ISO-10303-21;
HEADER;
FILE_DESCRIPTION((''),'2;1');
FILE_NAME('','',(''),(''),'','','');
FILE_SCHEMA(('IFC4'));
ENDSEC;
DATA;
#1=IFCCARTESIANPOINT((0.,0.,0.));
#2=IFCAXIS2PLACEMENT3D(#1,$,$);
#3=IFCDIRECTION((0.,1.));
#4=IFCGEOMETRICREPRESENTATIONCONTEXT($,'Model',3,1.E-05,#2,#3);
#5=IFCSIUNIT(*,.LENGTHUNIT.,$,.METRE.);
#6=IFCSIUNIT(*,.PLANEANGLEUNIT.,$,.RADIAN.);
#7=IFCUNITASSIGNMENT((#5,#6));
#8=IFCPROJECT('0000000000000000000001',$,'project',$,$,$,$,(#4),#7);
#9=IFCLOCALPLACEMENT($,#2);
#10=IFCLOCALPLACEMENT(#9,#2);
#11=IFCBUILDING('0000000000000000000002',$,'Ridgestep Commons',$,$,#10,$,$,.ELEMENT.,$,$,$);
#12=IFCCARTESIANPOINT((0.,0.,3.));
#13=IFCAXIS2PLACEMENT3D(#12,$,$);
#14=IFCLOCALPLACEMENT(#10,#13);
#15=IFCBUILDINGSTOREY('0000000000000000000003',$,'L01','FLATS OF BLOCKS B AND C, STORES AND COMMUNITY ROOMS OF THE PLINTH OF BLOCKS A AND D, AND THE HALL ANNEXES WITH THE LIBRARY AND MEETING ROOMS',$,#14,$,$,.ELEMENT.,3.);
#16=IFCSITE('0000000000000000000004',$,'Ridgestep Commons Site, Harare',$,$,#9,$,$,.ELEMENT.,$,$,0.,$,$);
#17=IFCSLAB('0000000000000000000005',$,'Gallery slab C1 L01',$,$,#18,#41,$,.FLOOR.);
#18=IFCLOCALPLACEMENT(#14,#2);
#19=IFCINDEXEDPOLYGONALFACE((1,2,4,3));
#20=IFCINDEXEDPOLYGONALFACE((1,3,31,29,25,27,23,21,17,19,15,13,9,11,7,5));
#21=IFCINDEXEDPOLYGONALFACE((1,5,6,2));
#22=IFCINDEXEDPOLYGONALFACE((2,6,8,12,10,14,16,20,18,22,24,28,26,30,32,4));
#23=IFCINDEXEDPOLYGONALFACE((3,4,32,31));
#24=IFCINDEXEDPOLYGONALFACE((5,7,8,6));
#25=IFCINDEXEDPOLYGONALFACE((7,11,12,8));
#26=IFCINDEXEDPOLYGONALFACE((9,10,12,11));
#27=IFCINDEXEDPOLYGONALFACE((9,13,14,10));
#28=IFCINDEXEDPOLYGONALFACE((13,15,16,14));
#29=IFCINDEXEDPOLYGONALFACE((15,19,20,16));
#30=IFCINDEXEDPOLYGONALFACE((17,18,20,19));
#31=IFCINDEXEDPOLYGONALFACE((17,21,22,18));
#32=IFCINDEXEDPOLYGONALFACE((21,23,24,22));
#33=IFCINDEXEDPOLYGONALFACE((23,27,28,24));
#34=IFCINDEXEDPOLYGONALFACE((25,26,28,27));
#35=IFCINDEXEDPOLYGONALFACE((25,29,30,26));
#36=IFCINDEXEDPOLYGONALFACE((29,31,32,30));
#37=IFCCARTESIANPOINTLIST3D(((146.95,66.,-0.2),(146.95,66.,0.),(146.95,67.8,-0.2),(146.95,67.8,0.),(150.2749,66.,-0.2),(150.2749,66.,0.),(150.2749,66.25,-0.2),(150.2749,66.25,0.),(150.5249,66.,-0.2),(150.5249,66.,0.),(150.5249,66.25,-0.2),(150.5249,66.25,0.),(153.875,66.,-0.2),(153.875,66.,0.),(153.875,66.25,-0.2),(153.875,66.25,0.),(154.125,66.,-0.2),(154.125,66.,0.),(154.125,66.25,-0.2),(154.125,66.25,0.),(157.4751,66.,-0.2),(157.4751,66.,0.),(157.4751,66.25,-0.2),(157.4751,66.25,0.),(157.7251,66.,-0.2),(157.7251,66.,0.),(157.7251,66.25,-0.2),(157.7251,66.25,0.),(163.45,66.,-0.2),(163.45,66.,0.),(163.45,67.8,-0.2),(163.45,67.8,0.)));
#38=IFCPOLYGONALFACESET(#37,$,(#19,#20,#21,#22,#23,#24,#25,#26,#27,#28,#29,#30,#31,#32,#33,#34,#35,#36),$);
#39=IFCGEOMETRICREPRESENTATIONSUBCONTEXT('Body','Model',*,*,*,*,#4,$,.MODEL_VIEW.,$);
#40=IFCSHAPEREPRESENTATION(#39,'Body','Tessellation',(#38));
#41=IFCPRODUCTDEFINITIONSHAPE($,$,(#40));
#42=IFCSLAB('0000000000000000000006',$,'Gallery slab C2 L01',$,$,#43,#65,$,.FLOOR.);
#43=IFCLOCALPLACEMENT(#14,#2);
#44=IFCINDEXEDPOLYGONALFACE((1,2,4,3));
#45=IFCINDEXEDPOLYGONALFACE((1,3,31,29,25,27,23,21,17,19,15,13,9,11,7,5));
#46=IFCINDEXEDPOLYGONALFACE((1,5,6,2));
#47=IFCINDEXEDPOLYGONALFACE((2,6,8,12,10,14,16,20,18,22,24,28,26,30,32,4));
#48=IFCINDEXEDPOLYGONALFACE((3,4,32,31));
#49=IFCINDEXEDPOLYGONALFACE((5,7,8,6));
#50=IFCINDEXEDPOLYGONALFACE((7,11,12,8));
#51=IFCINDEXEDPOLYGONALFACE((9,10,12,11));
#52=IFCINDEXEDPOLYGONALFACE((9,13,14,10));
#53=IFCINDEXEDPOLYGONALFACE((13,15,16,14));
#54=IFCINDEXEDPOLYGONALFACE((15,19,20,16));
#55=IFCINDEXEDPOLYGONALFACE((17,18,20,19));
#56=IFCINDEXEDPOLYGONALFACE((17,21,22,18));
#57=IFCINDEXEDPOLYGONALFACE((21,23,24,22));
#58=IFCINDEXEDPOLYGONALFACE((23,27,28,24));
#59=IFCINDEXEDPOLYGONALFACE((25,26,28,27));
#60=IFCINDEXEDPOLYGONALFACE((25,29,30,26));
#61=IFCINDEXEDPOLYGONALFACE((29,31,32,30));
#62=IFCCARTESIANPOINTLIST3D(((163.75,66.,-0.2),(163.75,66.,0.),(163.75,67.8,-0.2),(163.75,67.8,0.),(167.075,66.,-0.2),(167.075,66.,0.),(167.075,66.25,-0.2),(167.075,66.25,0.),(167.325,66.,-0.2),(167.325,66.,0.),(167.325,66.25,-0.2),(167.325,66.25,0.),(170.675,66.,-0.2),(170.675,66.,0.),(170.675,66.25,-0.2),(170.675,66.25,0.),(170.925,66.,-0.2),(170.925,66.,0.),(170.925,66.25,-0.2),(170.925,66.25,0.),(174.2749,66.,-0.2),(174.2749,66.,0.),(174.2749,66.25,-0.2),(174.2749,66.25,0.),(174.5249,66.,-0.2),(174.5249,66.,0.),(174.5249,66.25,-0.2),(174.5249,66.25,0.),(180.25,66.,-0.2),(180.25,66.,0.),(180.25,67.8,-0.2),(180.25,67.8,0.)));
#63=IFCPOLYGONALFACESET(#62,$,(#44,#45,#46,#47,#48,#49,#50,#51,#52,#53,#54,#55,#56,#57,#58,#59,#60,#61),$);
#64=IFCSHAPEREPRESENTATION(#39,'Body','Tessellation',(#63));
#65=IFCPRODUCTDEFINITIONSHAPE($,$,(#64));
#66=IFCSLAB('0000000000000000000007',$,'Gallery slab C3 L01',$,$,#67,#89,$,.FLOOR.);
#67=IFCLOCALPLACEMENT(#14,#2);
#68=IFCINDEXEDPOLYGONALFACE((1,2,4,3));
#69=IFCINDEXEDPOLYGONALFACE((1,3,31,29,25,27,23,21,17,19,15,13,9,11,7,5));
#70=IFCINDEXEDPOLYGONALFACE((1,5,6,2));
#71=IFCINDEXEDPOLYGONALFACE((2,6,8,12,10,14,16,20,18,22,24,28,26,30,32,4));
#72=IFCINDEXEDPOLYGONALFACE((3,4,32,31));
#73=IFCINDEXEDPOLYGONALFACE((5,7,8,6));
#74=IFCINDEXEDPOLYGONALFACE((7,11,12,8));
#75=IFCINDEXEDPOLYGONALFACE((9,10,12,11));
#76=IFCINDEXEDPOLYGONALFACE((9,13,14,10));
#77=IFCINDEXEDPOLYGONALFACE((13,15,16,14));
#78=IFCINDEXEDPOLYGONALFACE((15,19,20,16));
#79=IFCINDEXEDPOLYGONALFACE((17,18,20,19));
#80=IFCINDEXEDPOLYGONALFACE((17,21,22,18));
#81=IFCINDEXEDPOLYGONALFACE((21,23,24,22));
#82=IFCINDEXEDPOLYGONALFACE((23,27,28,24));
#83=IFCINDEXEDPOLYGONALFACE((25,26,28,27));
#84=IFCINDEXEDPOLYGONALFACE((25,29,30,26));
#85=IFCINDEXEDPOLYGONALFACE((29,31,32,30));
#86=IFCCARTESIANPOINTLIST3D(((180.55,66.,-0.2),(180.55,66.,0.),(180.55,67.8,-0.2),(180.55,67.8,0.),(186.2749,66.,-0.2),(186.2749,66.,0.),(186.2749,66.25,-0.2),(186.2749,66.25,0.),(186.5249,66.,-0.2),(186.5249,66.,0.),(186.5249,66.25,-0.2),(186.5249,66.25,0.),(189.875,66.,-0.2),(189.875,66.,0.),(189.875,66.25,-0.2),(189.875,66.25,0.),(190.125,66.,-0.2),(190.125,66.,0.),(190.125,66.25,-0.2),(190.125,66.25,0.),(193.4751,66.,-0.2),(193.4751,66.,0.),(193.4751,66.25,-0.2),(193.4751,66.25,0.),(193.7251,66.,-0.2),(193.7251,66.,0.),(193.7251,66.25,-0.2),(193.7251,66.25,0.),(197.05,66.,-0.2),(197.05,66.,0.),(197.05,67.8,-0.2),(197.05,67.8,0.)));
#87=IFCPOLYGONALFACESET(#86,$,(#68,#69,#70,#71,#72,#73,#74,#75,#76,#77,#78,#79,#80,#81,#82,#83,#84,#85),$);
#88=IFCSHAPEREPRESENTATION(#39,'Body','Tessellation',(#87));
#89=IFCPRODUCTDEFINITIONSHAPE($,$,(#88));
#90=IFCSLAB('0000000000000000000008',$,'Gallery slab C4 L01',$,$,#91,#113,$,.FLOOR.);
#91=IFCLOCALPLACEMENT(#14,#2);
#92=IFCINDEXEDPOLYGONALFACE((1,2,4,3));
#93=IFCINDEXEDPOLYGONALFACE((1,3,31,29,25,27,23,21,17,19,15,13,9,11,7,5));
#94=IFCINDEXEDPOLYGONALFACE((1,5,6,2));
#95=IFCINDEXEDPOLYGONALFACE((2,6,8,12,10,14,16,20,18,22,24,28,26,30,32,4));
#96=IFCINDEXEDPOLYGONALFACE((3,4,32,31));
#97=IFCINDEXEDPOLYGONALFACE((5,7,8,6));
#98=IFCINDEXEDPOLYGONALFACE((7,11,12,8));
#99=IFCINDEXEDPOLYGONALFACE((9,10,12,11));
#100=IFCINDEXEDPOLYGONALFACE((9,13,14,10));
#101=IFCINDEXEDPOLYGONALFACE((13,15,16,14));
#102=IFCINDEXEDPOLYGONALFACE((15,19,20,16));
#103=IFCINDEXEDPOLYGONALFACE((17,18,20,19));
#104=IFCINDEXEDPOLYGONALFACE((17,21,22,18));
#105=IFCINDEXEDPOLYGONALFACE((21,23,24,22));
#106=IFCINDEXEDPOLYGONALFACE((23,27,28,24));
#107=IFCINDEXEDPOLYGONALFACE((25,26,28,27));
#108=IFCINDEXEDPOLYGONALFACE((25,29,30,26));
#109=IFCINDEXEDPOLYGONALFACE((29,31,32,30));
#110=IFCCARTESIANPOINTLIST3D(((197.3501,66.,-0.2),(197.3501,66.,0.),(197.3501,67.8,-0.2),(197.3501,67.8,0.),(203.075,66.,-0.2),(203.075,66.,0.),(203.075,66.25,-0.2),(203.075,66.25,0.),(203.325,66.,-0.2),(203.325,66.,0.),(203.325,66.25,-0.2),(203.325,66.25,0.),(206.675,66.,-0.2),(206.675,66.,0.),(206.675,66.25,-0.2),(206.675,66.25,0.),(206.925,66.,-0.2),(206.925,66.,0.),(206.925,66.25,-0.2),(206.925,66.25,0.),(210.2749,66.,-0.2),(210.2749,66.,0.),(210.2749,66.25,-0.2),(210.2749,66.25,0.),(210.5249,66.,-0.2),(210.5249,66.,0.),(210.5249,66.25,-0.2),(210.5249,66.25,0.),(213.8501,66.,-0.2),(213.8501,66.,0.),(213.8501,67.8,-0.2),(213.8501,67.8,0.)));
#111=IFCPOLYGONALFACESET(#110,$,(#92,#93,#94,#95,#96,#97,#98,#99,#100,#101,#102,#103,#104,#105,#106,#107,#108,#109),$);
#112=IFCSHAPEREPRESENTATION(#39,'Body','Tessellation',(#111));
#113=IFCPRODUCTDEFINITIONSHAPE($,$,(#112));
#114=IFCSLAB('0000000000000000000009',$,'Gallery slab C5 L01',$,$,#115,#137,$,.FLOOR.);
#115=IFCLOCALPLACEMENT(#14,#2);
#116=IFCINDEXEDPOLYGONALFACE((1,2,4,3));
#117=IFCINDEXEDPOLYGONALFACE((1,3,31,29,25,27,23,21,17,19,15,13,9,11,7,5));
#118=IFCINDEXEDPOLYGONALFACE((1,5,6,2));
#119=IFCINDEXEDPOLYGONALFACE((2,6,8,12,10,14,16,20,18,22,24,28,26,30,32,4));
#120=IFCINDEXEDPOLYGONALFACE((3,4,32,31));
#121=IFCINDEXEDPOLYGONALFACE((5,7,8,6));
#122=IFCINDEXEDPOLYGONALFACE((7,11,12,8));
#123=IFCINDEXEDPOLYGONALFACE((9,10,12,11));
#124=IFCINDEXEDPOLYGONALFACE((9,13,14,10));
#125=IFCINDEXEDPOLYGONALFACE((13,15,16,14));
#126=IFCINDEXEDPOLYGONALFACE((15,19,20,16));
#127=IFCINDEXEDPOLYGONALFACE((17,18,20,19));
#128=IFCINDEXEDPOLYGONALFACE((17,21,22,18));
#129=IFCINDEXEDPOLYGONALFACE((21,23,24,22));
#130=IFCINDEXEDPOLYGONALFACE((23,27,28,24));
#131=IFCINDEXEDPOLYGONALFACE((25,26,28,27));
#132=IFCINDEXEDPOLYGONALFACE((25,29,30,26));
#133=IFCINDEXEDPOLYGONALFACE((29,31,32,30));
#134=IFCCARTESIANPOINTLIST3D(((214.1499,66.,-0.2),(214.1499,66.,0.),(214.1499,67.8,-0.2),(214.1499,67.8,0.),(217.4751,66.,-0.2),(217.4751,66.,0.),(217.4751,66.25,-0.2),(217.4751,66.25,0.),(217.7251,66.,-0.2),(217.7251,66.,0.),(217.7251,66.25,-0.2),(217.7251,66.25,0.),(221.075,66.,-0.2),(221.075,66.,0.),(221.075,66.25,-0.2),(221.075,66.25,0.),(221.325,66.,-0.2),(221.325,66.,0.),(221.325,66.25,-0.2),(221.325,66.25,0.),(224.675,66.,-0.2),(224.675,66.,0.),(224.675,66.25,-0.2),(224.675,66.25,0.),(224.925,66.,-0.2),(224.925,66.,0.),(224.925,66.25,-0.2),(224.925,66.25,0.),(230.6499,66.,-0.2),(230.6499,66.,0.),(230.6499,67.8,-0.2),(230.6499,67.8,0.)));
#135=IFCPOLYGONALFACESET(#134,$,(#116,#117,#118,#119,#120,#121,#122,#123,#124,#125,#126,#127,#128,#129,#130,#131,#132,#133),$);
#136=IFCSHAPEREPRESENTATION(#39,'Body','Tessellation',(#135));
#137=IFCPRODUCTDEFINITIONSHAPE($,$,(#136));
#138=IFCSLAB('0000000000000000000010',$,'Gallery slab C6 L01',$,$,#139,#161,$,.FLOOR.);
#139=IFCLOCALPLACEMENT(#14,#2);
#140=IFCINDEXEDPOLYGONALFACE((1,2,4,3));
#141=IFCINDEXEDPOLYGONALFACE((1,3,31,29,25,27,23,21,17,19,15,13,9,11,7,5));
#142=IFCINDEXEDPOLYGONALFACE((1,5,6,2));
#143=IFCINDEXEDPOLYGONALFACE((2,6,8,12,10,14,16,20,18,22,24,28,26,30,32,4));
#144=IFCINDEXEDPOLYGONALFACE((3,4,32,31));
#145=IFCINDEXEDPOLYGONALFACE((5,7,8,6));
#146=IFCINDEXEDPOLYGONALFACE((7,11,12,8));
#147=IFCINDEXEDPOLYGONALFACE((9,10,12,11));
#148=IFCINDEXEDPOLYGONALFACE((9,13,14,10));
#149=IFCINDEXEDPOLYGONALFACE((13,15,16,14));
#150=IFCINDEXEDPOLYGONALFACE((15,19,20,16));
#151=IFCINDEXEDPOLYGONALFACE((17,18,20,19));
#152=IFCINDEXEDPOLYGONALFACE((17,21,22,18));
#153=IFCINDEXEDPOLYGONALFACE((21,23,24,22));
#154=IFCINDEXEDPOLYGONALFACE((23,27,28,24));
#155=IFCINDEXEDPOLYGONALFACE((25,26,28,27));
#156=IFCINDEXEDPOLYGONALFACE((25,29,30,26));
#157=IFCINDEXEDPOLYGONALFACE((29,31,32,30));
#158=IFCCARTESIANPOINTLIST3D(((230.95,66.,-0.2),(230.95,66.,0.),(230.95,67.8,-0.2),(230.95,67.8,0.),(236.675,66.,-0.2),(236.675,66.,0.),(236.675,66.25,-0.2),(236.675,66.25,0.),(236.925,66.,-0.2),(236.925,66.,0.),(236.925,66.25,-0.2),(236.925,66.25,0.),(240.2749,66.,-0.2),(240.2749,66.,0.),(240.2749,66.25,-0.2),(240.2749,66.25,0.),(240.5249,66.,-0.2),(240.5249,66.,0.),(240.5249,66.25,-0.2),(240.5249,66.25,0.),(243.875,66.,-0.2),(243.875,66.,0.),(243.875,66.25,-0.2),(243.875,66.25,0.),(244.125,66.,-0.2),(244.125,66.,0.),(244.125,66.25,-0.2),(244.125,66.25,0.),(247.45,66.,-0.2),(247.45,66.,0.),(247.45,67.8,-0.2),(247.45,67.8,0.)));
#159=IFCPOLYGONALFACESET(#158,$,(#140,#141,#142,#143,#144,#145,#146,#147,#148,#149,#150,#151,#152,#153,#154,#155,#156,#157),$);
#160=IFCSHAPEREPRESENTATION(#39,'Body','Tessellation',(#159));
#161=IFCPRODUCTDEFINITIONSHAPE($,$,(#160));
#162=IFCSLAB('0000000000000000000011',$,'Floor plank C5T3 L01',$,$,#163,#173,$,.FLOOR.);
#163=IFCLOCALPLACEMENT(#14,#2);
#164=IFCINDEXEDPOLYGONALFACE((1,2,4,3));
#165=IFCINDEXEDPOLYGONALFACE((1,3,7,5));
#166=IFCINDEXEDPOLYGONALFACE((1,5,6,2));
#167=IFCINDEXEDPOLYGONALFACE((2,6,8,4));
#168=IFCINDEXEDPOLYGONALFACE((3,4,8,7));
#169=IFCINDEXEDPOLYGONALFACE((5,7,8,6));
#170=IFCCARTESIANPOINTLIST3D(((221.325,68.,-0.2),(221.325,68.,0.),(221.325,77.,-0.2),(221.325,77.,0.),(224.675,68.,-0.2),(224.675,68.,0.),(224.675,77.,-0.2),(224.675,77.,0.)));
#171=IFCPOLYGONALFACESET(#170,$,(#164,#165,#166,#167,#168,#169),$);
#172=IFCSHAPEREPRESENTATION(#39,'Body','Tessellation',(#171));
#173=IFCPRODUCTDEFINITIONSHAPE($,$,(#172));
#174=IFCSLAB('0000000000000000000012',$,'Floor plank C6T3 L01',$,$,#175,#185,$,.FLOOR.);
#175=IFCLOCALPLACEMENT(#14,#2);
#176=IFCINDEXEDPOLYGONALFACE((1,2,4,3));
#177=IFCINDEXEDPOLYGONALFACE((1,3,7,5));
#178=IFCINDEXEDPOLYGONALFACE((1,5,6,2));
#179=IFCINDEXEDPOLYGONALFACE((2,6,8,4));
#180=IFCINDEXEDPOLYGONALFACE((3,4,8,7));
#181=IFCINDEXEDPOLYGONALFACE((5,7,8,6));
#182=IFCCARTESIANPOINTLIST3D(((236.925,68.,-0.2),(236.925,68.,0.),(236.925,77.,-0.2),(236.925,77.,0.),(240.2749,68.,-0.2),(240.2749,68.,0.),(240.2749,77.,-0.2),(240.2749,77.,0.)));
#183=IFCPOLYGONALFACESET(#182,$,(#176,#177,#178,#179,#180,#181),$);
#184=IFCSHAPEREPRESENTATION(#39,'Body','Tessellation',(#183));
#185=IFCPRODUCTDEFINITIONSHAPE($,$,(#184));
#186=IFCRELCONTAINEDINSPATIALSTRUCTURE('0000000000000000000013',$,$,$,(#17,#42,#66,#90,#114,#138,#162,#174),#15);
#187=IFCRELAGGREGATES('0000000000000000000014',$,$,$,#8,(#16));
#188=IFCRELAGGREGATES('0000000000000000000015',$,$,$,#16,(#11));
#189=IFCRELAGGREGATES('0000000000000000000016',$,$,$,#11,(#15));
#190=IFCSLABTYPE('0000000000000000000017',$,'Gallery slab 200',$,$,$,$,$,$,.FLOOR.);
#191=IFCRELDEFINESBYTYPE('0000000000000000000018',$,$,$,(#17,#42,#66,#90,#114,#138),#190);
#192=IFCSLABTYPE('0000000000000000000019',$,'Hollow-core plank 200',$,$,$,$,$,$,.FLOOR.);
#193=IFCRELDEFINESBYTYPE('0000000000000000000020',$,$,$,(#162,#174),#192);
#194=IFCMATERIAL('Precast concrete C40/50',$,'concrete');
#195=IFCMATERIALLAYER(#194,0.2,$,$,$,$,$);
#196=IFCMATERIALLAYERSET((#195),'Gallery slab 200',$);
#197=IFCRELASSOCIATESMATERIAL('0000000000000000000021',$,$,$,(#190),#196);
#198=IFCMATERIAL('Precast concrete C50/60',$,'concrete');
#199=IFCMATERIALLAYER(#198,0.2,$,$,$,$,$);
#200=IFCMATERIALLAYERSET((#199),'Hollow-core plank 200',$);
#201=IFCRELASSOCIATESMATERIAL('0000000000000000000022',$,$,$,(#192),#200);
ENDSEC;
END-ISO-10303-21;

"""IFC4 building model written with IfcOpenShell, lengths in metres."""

from ifc_helpers import new_model, si_unit, direction, frame, origin, place, context, subcontext, project, spatial, polyline, outline, extrude, material, layer, layer_set, type_object, element, save


model = new_model("IFC4")

# Units and contexts
model_context = context("Model", 3, precision=1e-05, world=origin(), true_north=direction((0.0, 1.0)))
body_context = subcontext(model_context, "Body", "Model", "MODEL_VIEW")
ifc_project = project(units=[si_unit("LENGTHUNIT", "METRE"), si_unit("PLANEANGLEUNIT", "RADIAN")], contexts=[model_context])

# Site, building, storey
site_placement = place(None, origin())
site = spatial("IfcSite", under=ifc_project, at=site_placement, Name="Ridgestep Commons Site, Harare", CompositionType="ELEMENT", RefElevation=0.0)
building_placement = place(site_placement, origin())
building = spatial("IfcBuilding", under=site, at=building_placement, Name="Ridgestep Commons", CompositionType="ELEMENT")
storey_placement = place(building_placement, frame((0.0, 0.0, 3.0)))
storey = spatial("IfcBuildingStorey", under=building, at=storey_placement, Name="L01", Description="FLATS OF BLOCKS B AND C, STORES AND COMMUNITY ROOMS OF THE PLINTH OF BLOCKS A AND D, AND THE HALL ANNEXES WITH THE LIBRARY AND MEETING ROOMS", CompositionType="ELEMENT", Elevation=3.0)

# Slabs
ifc_material_1 = material(Name="Precast concrete C40/50", Category="concrete")
ifc_layer_1 = layer(ifc_material_1, 0.2)
ifc_layer_set_1 = layer_set([ifc_layer_1], Name="Gallery slab 200")
slab_type_1 = type_object("IfcSlabType", Name="Gallery slab 200", PredefinedType="FLOOR", material=ifc_layer_set_1)
slab_1_placement = place(storey_placement, frame((0.0, 0.0, -0.2)))
element("IfcSlab", 1, at=slab_1_placement, inside=storey, type_object=slab_type_1, Name="Gallery slab C1 L01", PredefinedType="FLOOR", context=body_context, shape_type="SweptSolid", body=[
    extrude(outline(polyline([(163.45, 67.8), (146.95, 67.8), (146.95, 66.0), (150.2749, 66.0), (150.2749, 66.25), (150.5249, 66.25), (150.5249, 66.0), (153.875, 66.0), (153.875, 66.25), (154.125, 66.25), (154.125, 66.0), (157.4751, 66.0), (157.4751, 66.25), (157.7251, 66.25), (157.7251, 66.0), (163.45, 66.0), (163.45, 67.8)])), origin(), (0.0, 0.0, 1.0), 0.2),
])
slab_2_placement = place(storey_placement, frame((0.0, 0.0, -0.2)))
element("IfcSlab", 2, at=slab_2_placement, inside=storey, type_object=slab_type_1, Name="Gallery slab C2 L01", PredefinedType="FLOOR", context=body_context, shape_type="SweptSolid", body=[
    extrude(outline(polyline([(180.25, 67.8), (163.75, 67.8), (163.75, 66.0), (167.075, 66.0), (167.075, 66.25), (167.325, 66.25), (167.325, 66.0), (170.675, 66.0), (170.675, 66.25), (170.925, 66.25), (170.925, 66.0), (174.2749, 66.0), (174.2749, 66.25), (174.5249, 66.25), (174.5249, 66.0), (180.25, 66.0), (180.25, 67.8)])), origin(), (0.0, 0.0, 1.0), 0.2),
])
slab_3_placement = place(storey_placement, frame((0.0, 0.0, -0.2)))
element("IfcSlab", 3, at=slab_3_placement, inside=storey, type_object=slab_type_1, Name="Gallery slab C3 L01", PredefinedType="FLOOR", context=body_context, shape_type="SweptSolid", body=[
    extrude(outline(polyline([(197.05, 67.8), (180.55, 67.8), (180.55, 66.0), (186.2749, 66.0), (186.2749, 66.25), (186.5249, 66.25), (186.5249, 66.0), (189.875, 66.0), (189.875, 66.25), (190.125, 66.25), (190.125, 66.0), (193.4751, 66.0), (193.4751, 66.25), (193.7251, 66.25), (193.7251, 66.0), (197.05, 66.0), (197.05, 67.8)])), origin(), (0.0, 0.0, 1.0), 0.2),
])
slab_4_placement = place(storey_placement, frame((0.0, 0.0, -0.2)))
element("IfcSlab", 4, at=slab_4_placement, inside=storey, type_object=slab_type_1, Name="Gallery slab C4 L01", PredefinedType="FLOOR", context=body_context, shape_type="SweptSolid", body=[
    extrude(outline(polyline([(213.8501, 67.8), (197.3501, 67.8), (197.3501, 66.0), (203.075, 66.0), (203.075, 66.25), (203.325, 66.25), (203.325, 66.0), (206.675, 66.0), (206.675, 66.25), (206.925, 66.25), (206.925, 66.0), (210.2749, 66.0), (210.2749, 66.25), (210.5249, 66.25), (210.5249, 66.0), (213.8501, 66.0), (213.8501, 67.8)])), origin(), (0.0, 0.0, 1.0), 0.2),
])
slab_5_placement = place(storey_placement, frame((0.0, 0.0, -0.2)))
element("IfcSlab", 5, at=slab_5_placement, inside=storey, type_object=slab_type_1, Name="Gallery slab C5 L01", PredefinedType="FLOOR", context=body_context, shape_type="SweptSolid", body=[
    extrude(outline(polyline([(230.6499, 67.8), (214.1499, 67.8), (214.1499, 66.0), (217.4751, 66.0), (217.4751, 66.25), (217.7251, 66.25), (217.7251, 66.0), (221.075, 66.0), (221.075, 66.25), (221.325, 66.25), (221.325, 66.0), (224.675, 66.0), (224.675, 66.25), (224.925, 66.25), (224.925, 66.0), (230.6499, 66.0), (230.6499, 67.8)])), origin(), (0.0, 0.0, 1.0), 0.2),
])
slab_6_placement = place(storey_placement, frame((0.0, 0.0, -0.2)))
element("IfcSlab", 6, at=slab_6_placement, inside=storey, type_object=slab_type_1, Name="Gallery slab C6 L01", PredefinedType="FLOOR", context=body_context, shape_type="SweptSolid", body=[
    extrude(outline(polyline([(247.45, 67.8), (230.95, 67.8), (230.95, 66.0), (236.675, 66.0), (236.675, 66.25), (236.925, 66.25), (236.925, 66.0), (240.2749, 66.0), (240.2749, 66.25), (240.5249, 66.25), (240.5249, 66.0), (243.875, 66.0), (243.875, 66.25), (244.125, 66.25), (244.125, 66.0), (247.45, 66.0), (247.45, 67.8)])), origin(), (0.0, 0.0, 1.0), 0.2),
])
ifc_material_2 = material(Name="Precast concrete C50/60", Category="concrete")
ifc_layer_2 = layer(ifc_material_2, 0.2)
ifc_layer_set_2 = layer_set([ifc_layer_2], Name="Hollow-core plank 200")
slab_type_2 = type_object("IfcSlabType", Name="Hollow-core plank 200", PredefinedType="FLOOR", material=ifc_layer_set_2)
slab_7_placement = place(storey_placement, frame((0.0, 0.0, -0.2)))
element("IfcSlab", 7, at=slab_7_placement, inside=storey, type_object=slab_type_2, Name="Floor plank C5T3 L01", PredefinedType="FLOOR", context=body_context, shape_type="SweptSolid", body=[
    extrude(outline(polyline([(224.675, 68.0), (224.675, 77.0), (221.325, 77.0), (221.325, 68.0), (224.675, 68.0)])), origin(), (0.0, 0.0, 1.0), 0.2),
])
slab_8_placement = place(storey_placement, frame((0.0, 0.0, -0.2)))
element("IfcSlab", 8, at=slab_8_placement, inside=storey, type_object=slab_type_2, Name="Floor plank C6T3 L01", PredefinedType="FLOOR", context=body_context, shape_type="SweptSolid", body=[
    extrude(outline(polyline([(240.2749, 68.0), (240.2749, 77.0), (236.925, 77.0), (236.925, 68.0), (240.2749, 68.0)])), origin(), (0.0, 0.0, 1.0), 0.2),
])

save(model, "model.ifc")
